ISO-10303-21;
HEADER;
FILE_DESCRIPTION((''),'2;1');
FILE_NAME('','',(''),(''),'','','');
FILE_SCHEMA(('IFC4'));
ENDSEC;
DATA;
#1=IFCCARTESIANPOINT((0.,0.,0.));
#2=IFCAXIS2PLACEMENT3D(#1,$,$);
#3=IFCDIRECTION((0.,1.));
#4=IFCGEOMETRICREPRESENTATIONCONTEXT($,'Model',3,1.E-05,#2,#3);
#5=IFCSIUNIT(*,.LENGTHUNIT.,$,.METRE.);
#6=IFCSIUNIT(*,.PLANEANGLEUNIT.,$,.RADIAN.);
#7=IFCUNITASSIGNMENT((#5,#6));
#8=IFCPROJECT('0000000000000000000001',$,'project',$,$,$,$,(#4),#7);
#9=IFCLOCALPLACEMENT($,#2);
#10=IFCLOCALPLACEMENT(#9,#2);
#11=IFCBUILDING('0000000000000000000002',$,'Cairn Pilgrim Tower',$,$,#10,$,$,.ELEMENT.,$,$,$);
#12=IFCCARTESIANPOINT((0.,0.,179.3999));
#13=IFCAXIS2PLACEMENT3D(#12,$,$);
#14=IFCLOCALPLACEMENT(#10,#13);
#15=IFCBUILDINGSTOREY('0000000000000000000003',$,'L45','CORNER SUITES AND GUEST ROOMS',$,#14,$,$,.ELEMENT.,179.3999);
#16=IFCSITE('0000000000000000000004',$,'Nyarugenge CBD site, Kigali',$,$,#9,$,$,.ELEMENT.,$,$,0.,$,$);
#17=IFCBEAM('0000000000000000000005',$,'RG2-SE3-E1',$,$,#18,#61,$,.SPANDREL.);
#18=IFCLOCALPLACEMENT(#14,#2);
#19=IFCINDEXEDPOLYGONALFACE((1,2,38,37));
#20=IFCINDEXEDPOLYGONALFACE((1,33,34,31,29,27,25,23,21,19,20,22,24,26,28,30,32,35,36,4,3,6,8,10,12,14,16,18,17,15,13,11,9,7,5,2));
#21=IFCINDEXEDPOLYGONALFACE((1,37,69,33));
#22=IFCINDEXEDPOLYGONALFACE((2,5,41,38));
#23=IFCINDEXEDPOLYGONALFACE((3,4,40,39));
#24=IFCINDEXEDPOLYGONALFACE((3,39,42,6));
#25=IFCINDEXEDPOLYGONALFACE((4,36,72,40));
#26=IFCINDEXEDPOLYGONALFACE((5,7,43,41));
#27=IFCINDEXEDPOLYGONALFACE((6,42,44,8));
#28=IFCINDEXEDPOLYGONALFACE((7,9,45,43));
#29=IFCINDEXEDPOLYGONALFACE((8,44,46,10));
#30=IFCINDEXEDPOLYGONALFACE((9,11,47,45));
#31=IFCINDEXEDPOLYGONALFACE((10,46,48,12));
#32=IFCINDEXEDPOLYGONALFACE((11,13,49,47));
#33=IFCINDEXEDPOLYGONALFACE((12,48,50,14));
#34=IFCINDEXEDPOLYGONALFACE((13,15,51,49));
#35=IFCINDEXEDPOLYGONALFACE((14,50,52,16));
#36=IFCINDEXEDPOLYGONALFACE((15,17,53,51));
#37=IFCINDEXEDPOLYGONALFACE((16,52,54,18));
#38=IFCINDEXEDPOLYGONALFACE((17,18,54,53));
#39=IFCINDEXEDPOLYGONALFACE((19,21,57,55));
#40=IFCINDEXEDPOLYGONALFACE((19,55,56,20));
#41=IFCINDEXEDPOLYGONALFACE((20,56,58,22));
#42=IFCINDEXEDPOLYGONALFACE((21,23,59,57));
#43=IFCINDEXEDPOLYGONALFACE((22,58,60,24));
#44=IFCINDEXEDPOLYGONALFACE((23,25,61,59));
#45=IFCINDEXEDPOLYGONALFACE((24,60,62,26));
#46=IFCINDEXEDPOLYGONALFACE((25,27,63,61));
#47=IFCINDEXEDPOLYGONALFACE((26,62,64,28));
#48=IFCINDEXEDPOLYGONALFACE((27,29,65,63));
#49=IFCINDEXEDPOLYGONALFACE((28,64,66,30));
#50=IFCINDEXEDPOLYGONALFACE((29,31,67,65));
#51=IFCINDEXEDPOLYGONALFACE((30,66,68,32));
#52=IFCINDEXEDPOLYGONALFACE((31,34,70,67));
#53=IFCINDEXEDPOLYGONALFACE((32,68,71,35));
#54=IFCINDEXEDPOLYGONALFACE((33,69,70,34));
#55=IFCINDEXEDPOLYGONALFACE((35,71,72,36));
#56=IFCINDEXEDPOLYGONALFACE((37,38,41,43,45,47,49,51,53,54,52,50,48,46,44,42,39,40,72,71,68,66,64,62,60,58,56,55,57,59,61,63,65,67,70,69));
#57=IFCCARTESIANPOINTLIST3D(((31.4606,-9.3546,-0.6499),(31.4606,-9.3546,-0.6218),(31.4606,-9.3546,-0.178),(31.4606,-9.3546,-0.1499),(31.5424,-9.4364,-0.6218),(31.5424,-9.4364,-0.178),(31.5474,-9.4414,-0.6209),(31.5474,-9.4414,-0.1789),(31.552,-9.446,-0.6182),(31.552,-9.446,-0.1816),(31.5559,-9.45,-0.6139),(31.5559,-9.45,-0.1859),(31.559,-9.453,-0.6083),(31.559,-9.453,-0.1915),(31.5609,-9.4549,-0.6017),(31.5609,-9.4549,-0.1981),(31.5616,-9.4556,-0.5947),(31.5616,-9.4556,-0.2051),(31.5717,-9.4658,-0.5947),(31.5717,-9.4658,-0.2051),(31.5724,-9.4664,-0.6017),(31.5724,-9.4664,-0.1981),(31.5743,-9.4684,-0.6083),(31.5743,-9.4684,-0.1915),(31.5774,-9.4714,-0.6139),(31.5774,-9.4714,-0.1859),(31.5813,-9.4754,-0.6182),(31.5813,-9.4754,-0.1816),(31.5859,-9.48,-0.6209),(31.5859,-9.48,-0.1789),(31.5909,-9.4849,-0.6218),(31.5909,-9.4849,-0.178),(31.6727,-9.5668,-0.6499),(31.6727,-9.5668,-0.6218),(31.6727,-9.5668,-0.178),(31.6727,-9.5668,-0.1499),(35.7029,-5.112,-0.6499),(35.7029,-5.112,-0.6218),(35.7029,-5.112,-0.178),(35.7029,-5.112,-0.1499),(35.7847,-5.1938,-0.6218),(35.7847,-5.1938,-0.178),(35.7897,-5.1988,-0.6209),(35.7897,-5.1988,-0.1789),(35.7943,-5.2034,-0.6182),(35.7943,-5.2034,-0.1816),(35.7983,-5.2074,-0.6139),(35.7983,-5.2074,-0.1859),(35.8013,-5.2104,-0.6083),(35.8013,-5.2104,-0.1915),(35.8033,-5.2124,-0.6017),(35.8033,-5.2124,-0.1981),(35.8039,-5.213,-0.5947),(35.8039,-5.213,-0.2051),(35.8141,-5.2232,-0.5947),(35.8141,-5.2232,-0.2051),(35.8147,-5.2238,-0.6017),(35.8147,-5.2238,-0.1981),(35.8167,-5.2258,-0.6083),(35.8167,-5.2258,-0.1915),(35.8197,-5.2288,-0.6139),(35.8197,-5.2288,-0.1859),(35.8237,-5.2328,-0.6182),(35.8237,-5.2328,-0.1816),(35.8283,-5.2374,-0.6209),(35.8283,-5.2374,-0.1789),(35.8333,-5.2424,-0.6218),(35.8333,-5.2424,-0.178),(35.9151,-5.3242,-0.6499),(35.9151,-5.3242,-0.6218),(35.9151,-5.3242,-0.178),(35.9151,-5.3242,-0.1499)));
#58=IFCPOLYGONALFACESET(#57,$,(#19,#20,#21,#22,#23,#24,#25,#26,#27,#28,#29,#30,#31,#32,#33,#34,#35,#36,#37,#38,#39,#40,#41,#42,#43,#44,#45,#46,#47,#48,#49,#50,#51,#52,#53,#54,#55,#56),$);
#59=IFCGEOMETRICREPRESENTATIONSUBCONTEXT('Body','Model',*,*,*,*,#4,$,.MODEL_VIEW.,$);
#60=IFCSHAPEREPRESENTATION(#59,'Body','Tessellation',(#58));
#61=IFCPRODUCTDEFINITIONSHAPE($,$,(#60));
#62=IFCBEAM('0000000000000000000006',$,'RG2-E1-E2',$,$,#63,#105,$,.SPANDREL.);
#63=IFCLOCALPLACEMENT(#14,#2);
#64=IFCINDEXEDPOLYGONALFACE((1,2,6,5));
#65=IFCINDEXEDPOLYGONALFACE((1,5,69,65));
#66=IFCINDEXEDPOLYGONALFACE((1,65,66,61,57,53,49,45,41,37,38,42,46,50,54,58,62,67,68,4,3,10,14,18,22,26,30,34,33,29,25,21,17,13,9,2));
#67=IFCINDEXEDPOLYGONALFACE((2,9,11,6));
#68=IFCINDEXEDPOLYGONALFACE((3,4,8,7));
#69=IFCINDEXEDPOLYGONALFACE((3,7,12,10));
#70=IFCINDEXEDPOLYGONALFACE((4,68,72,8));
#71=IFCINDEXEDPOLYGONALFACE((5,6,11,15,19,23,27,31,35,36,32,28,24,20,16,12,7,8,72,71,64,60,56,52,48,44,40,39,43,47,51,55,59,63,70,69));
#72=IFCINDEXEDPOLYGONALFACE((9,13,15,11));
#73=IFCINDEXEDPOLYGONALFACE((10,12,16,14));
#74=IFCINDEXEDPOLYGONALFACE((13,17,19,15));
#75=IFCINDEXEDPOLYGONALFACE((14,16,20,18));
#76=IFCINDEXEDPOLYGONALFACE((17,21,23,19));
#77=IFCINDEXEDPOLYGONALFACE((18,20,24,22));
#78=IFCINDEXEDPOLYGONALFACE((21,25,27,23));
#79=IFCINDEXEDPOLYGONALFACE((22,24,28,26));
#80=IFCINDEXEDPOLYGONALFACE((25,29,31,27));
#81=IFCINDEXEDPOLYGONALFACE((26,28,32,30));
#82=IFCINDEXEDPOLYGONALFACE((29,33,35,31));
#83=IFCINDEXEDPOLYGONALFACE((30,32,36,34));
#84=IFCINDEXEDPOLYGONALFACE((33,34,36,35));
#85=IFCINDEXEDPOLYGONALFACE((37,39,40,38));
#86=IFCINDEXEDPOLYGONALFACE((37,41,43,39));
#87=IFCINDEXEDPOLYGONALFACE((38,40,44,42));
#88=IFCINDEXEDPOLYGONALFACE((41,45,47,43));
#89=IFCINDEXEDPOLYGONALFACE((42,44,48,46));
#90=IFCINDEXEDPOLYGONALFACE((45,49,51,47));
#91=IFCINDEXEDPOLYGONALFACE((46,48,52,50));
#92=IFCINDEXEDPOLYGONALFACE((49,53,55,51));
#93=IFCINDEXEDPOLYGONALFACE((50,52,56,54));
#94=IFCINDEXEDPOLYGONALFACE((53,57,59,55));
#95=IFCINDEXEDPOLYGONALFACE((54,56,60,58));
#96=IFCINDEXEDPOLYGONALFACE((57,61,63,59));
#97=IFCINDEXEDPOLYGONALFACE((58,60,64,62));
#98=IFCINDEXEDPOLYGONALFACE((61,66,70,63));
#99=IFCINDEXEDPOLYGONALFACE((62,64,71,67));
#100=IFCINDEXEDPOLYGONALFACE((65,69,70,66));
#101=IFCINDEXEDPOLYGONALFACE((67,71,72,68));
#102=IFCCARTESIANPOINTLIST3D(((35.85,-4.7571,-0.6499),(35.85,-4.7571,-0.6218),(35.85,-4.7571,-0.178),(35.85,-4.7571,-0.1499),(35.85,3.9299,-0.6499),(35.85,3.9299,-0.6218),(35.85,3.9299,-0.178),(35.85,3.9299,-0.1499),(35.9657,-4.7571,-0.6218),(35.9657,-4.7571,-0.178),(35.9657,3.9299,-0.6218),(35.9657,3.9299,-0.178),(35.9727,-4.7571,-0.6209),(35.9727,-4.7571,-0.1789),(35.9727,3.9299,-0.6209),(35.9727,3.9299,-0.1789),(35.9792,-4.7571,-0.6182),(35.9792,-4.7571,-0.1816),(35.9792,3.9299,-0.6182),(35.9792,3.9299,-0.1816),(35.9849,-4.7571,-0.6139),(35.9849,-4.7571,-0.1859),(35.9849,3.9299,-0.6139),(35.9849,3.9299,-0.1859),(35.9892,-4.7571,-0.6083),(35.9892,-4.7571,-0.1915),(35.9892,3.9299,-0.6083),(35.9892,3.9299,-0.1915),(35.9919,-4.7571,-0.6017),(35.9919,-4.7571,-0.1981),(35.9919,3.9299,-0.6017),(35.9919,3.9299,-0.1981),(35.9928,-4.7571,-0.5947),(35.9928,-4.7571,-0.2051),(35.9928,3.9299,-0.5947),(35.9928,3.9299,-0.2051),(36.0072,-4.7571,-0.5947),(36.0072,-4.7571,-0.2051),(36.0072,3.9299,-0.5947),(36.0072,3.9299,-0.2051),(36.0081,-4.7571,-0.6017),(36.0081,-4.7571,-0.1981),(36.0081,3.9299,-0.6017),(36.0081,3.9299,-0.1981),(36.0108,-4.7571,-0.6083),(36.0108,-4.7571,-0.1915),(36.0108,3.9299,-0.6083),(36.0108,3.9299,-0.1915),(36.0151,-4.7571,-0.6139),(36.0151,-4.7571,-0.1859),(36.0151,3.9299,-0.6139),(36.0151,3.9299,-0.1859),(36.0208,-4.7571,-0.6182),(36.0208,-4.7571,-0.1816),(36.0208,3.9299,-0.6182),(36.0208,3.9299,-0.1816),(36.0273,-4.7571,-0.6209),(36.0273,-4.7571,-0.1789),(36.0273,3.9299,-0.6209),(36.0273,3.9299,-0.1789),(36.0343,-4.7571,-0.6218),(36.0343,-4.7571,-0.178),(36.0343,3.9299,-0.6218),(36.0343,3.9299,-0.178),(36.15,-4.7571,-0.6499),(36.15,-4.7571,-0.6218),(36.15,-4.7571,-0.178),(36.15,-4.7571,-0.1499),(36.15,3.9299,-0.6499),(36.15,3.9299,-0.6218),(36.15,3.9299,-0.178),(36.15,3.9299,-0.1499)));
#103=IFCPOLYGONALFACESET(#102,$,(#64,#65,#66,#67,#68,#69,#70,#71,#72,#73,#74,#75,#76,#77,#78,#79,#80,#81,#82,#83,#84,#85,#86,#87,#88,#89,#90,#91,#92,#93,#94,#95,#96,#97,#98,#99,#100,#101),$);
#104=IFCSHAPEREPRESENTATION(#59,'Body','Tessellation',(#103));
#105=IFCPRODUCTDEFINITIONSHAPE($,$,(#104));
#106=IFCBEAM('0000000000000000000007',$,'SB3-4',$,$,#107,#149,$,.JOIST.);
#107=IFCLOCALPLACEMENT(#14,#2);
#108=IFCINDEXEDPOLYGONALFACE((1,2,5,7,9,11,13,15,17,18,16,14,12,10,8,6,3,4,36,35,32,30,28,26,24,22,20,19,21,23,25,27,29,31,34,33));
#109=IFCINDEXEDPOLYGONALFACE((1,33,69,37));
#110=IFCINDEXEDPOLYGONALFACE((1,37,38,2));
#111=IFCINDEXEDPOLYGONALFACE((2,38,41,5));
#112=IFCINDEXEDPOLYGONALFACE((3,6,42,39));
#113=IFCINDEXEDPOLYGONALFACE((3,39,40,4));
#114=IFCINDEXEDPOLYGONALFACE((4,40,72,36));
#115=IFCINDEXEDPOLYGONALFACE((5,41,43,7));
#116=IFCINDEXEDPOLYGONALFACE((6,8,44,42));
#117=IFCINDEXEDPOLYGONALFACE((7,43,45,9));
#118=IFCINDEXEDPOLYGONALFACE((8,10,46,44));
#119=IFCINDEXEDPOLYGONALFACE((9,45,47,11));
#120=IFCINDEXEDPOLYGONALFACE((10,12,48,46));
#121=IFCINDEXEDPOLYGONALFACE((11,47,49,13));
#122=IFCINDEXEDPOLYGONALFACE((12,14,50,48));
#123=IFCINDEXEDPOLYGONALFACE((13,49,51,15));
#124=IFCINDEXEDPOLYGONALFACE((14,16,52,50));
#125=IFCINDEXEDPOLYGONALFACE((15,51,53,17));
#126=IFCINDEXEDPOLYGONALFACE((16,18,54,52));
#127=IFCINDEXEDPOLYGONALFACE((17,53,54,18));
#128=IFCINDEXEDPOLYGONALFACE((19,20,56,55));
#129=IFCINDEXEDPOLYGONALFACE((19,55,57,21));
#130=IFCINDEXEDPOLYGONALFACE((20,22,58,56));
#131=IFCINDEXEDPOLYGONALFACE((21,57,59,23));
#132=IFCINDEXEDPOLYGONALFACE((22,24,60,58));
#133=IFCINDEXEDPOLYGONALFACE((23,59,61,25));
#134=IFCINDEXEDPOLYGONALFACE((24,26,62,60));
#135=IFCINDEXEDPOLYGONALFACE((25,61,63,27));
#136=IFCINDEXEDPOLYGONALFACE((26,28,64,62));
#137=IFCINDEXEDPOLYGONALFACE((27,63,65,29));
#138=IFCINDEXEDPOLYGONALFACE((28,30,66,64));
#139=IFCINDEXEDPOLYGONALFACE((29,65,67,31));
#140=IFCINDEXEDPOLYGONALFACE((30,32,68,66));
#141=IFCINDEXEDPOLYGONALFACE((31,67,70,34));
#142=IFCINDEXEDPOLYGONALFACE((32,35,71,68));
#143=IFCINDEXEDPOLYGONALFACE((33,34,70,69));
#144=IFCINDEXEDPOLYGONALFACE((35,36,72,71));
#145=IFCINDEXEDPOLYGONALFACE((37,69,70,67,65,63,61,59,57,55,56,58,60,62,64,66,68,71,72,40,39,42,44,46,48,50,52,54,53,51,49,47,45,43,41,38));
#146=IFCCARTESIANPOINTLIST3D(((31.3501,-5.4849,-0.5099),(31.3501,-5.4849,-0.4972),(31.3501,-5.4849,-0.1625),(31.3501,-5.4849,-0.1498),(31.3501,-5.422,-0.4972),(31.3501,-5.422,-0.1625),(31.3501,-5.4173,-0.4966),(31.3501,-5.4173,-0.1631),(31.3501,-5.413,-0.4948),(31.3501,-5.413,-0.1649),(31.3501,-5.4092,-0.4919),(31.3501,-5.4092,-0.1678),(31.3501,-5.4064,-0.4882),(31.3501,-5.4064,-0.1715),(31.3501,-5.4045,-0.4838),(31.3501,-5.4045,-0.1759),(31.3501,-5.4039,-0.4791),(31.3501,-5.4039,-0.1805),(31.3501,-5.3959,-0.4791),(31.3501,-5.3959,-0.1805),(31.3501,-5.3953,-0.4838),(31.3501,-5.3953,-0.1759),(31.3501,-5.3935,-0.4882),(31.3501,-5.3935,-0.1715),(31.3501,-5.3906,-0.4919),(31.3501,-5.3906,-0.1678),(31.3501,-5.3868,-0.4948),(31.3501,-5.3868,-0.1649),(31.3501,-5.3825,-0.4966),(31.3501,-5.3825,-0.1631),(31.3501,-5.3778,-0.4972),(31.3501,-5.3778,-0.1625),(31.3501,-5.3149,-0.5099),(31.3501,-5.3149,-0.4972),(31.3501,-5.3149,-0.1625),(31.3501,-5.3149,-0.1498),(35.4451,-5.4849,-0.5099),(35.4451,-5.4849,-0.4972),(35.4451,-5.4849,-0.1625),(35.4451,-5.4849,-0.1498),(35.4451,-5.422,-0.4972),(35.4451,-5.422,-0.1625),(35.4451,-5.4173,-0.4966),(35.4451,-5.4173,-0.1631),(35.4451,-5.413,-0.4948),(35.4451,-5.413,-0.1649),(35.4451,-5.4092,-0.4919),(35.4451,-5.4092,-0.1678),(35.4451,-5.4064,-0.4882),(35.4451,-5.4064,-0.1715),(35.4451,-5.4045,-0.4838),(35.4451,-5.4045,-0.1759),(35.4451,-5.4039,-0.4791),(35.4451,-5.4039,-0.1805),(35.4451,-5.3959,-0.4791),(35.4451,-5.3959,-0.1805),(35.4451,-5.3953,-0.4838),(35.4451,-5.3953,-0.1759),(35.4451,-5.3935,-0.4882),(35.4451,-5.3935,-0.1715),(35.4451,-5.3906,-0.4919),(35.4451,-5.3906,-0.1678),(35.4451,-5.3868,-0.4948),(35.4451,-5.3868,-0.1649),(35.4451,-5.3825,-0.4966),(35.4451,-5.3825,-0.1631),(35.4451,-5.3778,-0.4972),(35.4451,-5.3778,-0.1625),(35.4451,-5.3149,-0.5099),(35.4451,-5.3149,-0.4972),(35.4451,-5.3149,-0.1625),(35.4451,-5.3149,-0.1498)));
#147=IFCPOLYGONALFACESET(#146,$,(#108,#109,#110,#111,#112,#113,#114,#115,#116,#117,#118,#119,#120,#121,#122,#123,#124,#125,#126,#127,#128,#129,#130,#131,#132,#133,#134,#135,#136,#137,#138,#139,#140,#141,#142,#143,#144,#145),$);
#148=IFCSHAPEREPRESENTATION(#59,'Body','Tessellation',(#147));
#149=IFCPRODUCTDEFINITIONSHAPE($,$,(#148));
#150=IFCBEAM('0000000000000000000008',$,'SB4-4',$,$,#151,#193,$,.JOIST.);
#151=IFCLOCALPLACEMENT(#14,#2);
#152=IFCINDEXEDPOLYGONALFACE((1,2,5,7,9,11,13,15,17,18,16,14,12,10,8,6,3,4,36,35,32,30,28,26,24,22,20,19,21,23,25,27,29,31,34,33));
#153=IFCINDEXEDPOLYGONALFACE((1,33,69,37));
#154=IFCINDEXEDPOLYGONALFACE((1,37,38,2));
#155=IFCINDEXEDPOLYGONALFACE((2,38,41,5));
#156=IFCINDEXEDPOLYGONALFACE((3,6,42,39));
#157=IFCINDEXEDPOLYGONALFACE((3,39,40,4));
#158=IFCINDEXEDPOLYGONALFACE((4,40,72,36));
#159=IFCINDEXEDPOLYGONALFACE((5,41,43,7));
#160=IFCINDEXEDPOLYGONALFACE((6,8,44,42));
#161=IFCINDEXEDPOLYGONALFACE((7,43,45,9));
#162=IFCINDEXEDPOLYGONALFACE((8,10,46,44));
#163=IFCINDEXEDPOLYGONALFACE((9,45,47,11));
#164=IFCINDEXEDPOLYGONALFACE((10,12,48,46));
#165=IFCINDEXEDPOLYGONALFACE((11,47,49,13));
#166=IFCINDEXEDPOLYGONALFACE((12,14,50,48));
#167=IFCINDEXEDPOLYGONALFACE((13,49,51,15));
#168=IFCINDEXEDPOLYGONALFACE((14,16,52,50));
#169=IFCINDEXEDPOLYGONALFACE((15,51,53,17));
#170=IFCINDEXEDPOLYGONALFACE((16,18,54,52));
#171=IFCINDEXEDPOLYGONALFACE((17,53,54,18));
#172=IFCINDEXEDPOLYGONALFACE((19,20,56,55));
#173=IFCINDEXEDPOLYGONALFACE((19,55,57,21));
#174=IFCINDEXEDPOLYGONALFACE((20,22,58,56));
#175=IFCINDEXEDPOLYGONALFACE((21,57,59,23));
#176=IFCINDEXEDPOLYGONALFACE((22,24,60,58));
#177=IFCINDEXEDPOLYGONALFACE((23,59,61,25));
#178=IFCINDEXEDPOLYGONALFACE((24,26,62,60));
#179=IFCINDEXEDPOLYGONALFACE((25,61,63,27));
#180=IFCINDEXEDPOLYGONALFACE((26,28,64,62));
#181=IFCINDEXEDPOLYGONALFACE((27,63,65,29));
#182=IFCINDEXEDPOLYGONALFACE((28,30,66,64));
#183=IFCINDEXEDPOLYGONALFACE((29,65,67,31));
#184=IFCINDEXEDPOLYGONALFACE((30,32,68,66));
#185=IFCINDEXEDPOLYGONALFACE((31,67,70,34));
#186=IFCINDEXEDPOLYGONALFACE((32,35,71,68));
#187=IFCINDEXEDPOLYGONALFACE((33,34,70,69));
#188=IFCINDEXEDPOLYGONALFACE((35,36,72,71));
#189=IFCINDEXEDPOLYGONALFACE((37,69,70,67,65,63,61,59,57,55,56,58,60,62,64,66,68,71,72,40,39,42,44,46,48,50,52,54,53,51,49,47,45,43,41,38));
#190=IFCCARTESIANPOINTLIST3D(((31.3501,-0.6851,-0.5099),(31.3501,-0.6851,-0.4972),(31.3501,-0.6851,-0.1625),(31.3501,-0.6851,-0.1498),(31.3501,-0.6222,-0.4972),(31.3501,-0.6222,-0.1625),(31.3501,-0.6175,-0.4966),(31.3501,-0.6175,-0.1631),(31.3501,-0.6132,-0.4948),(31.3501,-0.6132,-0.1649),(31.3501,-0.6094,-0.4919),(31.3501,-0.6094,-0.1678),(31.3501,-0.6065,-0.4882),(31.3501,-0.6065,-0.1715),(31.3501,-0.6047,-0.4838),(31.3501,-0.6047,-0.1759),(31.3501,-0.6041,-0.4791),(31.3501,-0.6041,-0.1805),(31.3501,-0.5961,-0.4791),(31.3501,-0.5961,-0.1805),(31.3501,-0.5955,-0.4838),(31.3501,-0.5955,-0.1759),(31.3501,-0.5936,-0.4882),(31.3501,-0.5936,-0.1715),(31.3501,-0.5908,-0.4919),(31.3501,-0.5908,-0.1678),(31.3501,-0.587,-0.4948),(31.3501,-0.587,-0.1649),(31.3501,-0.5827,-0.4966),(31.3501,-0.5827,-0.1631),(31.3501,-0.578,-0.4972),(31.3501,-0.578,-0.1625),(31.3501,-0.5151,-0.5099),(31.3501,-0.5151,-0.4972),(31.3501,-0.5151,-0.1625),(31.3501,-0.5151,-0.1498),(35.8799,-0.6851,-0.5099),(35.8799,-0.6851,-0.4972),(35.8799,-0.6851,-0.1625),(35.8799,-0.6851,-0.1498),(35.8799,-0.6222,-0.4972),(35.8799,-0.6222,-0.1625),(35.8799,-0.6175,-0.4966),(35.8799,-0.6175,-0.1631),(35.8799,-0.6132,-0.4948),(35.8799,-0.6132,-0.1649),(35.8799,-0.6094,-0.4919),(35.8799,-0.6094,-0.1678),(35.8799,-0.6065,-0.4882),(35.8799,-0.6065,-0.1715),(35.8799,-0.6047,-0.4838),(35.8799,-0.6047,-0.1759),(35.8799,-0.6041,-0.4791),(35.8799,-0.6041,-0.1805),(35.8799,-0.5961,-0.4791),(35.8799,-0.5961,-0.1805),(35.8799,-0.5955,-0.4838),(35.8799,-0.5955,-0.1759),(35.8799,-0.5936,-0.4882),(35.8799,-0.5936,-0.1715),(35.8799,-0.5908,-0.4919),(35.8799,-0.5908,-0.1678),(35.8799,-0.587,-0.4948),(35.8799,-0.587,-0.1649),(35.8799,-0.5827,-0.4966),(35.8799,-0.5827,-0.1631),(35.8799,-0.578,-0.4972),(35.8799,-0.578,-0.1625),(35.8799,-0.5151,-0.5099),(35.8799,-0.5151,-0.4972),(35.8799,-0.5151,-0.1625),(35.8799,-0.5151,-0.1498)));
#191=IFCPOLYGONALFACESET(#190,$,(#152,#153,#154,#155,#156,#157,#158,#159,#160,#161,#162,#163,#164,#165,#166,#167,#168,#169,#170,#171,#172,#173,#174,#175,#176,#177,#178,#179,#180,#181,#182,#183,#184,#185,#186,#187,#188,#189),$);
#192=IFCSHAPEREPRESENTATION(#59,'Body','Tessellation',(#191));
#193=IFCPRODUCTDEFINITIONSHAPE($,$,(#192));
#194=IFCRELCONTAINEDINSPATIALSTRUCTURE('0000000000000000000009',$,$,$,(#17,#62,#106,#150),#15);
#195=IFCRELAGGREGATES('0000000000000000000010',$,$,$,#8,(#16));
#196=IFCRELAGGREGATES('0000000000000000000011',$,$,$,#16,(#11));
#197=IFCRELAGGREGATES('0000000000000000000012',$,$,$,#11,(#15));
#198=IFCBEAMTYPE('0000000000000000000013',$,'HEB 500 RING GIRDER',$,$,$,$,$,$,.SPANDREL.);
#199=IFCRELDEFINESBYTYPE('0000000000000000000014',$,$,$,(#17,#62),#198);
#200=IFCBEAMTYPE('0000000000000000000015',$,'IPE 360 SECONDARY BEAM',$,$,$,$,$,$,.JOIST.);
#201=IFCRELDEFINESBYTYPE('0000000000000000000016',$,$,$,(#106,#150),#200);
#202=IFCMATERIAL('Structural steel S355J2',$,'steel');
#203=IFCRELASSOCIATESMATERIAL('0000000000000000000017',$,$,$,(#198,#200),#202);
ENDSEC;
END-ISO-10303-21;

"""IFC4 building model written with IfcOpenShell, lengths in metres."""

from ifc_helpers import new_model, si_unit, direction, frame, origin, origin_2d, place, context, subcontext, project, spatial, i_section, extrude, material, material_profile, profile_set, type_object, element, save


model = new_model("IFC4")

# Units and contexts
model_context = context("Model", 3, precision=1e-05, world=origin(), true_north=direction((0.0, 1.0)))
body_context = subcontext(model_context, "Body", "Model", "MODEL_VIEW")
ifc_project = project(units=[si_unit("LENGTHUNIT", "METRE"), si_unit("PLANEANGLEUNIT", "RADIAN")], contexts=[model_context])

# Site, building, storey
site_placement = place(None, origin())
site = spatial("IfcSite", under=ifc_project, at=site_placement, Name="Nyarugenge CBD site, Kigali", CompositionType="ELEMENT", RefElevation=0.0)
building_placement = place(site_placement, origin())
building = spatial("IfcBuilding", under=site, at=building_placement, Name="Cairn Pilgrim Tower", CompositionType="ELEMENT")
storey_placement = place(building_placement, frame((0.0, 0.0, 179.3999)))
storey = spatial("IfcBuildingStorey", under=building, at=storey_placement, Name="L45", Description="CORNER SUITES AND GUEST ROOMS", CompositionType="ELEMENT", Elevation=179.3999)

# Beams
ifc_material_1 = material(Name="Structural steel S355J2", Category="steel")
ifc_material_profile_1 = material_profile(ifc_material_1, i_section(OverallWidth=0.3, OverallDepth=0.5, WebThickness=0.0144, FlangeThickness=0.0281, FilletRadius=0.0271, at=origin_2d()), Name="HEB 500")
ifc_profile_set_1 = profile_set([ifc_material_profile_1], Name="Structural steel S355J2")
beam_type_1 = type_object("IfcBeamType", Name="HEB 500 RING GIRDER", PredefinedType="SPANDREL", material=ifc_profile_set_1)
beam_1_placement = place(storey_placement, frame((31.5667, -9.4607, -0.3999), z_axis=(0.707086, 0.707127, 0.0), x_axis=(-0.707127, 0.707086, 0.0)))
element("IfcBeam", 1, at=beam_1_placement, inside=storey, type_object=beam_type_1, Name="RG2-SE3-E1", PredefinedType="SPANDREL", context=body_context, shape_type="SweptSolid", body=[
    extrude(i_section(OverallWidth=0.3, OverallDepth=0.5, WebThickness=0.0144, FlangeThickness=0.0281, FilletRadius=0.0271, at=origin_2d()), origin(), (0.0, 0.0, 1.0), 5.9998),
])
beam_2_placement = place(storey_placement, frame((36.0, -4.7571, -0.3999), z_axis=(0.0, 1.0, 0.0), x_axis=(-1.0, 0.0, 0.0)))
element("IfcBeam", 2, at=beam_2_placement, inside=storey, type_object=beam_type_1, Name="RG2-E1-E2", PredefinedType="SPANDREL", context=body_context, shape_type="SweptSolid", body=[
    extrude(i_section(OverallWidth=0.3, OverallDepth=0.5, WebThickness=0.0144, FlangeThickness=0.0281, FilletRadius=0.0271, at=origin_2d()), origin(), (0.0, 0.0, 1.0), 8.687),
])
ifc_material_profile_2 = material_profile(ifc_material_1, i_section(OverallWidth=0.1699, OverallDepth=0.3601, WebThickness=0.0081, FlangeThickness=0.0127, FilletRadius=0.0181, at=origin_2d()), Name="IPE 360")
ifc_profile_set_2 = profile_set([ifc_material_profile_2], Name="Structural steel S355J2")
beam_type_2 = type_object("IfcBeamType", Name="IPE 360 SECONDARY BEAM", PredefinedType="JOIST", material=ifc_profile_set_2)
beam_3_placement = place(storey_placement, frame((31.3501, -5.3999, -0.3298), z_axis=(1.0, 0.0, 0.0), x_axis=(0.0, 1.0, 0.0)))
element("IfcBeam", 3, at=beam_3_placement, inside=storey, type_object=beam_type_2, Name="SB3-4", PredefinedType="JOIST", context=body_context, shape_type="SweptSolid", body=[
    extrude(i_section(OverallWidth=0.1699, OverallDepth=0.3601, WebThickness=0.0081, FlangeThickness=0.0127, FilletRadius=0.0181, at=origin_2d()), origin(), (0.0, 0.0, 1.0), 4.095),
])
beam_4_placement = place(storey_placement, frame((31.3501, -0.6001, -0.3298), z_axis=(1.0, 0.0, 0.0), x_axis=(0.0, 1.0, 0.0)))
element("IfcBeam", 4, at=beam_4_placement, inside=storey, type_object=beam_type_2, Name="SB4-4", PredefinedType="JOIST", context=body_context, shape_type="SweptSolid", body=[
    extrude(i_section(OverallWidth=0.1699, OverallDepth=0.3601, WebThickness=0.0081, FlangeThickness=0.0127, FilletRadius=0.0181, at=origin_2d()), origin(), (0.0, 0.0, 1.0), 4.5298),
])

save(model, "model.ifc")
